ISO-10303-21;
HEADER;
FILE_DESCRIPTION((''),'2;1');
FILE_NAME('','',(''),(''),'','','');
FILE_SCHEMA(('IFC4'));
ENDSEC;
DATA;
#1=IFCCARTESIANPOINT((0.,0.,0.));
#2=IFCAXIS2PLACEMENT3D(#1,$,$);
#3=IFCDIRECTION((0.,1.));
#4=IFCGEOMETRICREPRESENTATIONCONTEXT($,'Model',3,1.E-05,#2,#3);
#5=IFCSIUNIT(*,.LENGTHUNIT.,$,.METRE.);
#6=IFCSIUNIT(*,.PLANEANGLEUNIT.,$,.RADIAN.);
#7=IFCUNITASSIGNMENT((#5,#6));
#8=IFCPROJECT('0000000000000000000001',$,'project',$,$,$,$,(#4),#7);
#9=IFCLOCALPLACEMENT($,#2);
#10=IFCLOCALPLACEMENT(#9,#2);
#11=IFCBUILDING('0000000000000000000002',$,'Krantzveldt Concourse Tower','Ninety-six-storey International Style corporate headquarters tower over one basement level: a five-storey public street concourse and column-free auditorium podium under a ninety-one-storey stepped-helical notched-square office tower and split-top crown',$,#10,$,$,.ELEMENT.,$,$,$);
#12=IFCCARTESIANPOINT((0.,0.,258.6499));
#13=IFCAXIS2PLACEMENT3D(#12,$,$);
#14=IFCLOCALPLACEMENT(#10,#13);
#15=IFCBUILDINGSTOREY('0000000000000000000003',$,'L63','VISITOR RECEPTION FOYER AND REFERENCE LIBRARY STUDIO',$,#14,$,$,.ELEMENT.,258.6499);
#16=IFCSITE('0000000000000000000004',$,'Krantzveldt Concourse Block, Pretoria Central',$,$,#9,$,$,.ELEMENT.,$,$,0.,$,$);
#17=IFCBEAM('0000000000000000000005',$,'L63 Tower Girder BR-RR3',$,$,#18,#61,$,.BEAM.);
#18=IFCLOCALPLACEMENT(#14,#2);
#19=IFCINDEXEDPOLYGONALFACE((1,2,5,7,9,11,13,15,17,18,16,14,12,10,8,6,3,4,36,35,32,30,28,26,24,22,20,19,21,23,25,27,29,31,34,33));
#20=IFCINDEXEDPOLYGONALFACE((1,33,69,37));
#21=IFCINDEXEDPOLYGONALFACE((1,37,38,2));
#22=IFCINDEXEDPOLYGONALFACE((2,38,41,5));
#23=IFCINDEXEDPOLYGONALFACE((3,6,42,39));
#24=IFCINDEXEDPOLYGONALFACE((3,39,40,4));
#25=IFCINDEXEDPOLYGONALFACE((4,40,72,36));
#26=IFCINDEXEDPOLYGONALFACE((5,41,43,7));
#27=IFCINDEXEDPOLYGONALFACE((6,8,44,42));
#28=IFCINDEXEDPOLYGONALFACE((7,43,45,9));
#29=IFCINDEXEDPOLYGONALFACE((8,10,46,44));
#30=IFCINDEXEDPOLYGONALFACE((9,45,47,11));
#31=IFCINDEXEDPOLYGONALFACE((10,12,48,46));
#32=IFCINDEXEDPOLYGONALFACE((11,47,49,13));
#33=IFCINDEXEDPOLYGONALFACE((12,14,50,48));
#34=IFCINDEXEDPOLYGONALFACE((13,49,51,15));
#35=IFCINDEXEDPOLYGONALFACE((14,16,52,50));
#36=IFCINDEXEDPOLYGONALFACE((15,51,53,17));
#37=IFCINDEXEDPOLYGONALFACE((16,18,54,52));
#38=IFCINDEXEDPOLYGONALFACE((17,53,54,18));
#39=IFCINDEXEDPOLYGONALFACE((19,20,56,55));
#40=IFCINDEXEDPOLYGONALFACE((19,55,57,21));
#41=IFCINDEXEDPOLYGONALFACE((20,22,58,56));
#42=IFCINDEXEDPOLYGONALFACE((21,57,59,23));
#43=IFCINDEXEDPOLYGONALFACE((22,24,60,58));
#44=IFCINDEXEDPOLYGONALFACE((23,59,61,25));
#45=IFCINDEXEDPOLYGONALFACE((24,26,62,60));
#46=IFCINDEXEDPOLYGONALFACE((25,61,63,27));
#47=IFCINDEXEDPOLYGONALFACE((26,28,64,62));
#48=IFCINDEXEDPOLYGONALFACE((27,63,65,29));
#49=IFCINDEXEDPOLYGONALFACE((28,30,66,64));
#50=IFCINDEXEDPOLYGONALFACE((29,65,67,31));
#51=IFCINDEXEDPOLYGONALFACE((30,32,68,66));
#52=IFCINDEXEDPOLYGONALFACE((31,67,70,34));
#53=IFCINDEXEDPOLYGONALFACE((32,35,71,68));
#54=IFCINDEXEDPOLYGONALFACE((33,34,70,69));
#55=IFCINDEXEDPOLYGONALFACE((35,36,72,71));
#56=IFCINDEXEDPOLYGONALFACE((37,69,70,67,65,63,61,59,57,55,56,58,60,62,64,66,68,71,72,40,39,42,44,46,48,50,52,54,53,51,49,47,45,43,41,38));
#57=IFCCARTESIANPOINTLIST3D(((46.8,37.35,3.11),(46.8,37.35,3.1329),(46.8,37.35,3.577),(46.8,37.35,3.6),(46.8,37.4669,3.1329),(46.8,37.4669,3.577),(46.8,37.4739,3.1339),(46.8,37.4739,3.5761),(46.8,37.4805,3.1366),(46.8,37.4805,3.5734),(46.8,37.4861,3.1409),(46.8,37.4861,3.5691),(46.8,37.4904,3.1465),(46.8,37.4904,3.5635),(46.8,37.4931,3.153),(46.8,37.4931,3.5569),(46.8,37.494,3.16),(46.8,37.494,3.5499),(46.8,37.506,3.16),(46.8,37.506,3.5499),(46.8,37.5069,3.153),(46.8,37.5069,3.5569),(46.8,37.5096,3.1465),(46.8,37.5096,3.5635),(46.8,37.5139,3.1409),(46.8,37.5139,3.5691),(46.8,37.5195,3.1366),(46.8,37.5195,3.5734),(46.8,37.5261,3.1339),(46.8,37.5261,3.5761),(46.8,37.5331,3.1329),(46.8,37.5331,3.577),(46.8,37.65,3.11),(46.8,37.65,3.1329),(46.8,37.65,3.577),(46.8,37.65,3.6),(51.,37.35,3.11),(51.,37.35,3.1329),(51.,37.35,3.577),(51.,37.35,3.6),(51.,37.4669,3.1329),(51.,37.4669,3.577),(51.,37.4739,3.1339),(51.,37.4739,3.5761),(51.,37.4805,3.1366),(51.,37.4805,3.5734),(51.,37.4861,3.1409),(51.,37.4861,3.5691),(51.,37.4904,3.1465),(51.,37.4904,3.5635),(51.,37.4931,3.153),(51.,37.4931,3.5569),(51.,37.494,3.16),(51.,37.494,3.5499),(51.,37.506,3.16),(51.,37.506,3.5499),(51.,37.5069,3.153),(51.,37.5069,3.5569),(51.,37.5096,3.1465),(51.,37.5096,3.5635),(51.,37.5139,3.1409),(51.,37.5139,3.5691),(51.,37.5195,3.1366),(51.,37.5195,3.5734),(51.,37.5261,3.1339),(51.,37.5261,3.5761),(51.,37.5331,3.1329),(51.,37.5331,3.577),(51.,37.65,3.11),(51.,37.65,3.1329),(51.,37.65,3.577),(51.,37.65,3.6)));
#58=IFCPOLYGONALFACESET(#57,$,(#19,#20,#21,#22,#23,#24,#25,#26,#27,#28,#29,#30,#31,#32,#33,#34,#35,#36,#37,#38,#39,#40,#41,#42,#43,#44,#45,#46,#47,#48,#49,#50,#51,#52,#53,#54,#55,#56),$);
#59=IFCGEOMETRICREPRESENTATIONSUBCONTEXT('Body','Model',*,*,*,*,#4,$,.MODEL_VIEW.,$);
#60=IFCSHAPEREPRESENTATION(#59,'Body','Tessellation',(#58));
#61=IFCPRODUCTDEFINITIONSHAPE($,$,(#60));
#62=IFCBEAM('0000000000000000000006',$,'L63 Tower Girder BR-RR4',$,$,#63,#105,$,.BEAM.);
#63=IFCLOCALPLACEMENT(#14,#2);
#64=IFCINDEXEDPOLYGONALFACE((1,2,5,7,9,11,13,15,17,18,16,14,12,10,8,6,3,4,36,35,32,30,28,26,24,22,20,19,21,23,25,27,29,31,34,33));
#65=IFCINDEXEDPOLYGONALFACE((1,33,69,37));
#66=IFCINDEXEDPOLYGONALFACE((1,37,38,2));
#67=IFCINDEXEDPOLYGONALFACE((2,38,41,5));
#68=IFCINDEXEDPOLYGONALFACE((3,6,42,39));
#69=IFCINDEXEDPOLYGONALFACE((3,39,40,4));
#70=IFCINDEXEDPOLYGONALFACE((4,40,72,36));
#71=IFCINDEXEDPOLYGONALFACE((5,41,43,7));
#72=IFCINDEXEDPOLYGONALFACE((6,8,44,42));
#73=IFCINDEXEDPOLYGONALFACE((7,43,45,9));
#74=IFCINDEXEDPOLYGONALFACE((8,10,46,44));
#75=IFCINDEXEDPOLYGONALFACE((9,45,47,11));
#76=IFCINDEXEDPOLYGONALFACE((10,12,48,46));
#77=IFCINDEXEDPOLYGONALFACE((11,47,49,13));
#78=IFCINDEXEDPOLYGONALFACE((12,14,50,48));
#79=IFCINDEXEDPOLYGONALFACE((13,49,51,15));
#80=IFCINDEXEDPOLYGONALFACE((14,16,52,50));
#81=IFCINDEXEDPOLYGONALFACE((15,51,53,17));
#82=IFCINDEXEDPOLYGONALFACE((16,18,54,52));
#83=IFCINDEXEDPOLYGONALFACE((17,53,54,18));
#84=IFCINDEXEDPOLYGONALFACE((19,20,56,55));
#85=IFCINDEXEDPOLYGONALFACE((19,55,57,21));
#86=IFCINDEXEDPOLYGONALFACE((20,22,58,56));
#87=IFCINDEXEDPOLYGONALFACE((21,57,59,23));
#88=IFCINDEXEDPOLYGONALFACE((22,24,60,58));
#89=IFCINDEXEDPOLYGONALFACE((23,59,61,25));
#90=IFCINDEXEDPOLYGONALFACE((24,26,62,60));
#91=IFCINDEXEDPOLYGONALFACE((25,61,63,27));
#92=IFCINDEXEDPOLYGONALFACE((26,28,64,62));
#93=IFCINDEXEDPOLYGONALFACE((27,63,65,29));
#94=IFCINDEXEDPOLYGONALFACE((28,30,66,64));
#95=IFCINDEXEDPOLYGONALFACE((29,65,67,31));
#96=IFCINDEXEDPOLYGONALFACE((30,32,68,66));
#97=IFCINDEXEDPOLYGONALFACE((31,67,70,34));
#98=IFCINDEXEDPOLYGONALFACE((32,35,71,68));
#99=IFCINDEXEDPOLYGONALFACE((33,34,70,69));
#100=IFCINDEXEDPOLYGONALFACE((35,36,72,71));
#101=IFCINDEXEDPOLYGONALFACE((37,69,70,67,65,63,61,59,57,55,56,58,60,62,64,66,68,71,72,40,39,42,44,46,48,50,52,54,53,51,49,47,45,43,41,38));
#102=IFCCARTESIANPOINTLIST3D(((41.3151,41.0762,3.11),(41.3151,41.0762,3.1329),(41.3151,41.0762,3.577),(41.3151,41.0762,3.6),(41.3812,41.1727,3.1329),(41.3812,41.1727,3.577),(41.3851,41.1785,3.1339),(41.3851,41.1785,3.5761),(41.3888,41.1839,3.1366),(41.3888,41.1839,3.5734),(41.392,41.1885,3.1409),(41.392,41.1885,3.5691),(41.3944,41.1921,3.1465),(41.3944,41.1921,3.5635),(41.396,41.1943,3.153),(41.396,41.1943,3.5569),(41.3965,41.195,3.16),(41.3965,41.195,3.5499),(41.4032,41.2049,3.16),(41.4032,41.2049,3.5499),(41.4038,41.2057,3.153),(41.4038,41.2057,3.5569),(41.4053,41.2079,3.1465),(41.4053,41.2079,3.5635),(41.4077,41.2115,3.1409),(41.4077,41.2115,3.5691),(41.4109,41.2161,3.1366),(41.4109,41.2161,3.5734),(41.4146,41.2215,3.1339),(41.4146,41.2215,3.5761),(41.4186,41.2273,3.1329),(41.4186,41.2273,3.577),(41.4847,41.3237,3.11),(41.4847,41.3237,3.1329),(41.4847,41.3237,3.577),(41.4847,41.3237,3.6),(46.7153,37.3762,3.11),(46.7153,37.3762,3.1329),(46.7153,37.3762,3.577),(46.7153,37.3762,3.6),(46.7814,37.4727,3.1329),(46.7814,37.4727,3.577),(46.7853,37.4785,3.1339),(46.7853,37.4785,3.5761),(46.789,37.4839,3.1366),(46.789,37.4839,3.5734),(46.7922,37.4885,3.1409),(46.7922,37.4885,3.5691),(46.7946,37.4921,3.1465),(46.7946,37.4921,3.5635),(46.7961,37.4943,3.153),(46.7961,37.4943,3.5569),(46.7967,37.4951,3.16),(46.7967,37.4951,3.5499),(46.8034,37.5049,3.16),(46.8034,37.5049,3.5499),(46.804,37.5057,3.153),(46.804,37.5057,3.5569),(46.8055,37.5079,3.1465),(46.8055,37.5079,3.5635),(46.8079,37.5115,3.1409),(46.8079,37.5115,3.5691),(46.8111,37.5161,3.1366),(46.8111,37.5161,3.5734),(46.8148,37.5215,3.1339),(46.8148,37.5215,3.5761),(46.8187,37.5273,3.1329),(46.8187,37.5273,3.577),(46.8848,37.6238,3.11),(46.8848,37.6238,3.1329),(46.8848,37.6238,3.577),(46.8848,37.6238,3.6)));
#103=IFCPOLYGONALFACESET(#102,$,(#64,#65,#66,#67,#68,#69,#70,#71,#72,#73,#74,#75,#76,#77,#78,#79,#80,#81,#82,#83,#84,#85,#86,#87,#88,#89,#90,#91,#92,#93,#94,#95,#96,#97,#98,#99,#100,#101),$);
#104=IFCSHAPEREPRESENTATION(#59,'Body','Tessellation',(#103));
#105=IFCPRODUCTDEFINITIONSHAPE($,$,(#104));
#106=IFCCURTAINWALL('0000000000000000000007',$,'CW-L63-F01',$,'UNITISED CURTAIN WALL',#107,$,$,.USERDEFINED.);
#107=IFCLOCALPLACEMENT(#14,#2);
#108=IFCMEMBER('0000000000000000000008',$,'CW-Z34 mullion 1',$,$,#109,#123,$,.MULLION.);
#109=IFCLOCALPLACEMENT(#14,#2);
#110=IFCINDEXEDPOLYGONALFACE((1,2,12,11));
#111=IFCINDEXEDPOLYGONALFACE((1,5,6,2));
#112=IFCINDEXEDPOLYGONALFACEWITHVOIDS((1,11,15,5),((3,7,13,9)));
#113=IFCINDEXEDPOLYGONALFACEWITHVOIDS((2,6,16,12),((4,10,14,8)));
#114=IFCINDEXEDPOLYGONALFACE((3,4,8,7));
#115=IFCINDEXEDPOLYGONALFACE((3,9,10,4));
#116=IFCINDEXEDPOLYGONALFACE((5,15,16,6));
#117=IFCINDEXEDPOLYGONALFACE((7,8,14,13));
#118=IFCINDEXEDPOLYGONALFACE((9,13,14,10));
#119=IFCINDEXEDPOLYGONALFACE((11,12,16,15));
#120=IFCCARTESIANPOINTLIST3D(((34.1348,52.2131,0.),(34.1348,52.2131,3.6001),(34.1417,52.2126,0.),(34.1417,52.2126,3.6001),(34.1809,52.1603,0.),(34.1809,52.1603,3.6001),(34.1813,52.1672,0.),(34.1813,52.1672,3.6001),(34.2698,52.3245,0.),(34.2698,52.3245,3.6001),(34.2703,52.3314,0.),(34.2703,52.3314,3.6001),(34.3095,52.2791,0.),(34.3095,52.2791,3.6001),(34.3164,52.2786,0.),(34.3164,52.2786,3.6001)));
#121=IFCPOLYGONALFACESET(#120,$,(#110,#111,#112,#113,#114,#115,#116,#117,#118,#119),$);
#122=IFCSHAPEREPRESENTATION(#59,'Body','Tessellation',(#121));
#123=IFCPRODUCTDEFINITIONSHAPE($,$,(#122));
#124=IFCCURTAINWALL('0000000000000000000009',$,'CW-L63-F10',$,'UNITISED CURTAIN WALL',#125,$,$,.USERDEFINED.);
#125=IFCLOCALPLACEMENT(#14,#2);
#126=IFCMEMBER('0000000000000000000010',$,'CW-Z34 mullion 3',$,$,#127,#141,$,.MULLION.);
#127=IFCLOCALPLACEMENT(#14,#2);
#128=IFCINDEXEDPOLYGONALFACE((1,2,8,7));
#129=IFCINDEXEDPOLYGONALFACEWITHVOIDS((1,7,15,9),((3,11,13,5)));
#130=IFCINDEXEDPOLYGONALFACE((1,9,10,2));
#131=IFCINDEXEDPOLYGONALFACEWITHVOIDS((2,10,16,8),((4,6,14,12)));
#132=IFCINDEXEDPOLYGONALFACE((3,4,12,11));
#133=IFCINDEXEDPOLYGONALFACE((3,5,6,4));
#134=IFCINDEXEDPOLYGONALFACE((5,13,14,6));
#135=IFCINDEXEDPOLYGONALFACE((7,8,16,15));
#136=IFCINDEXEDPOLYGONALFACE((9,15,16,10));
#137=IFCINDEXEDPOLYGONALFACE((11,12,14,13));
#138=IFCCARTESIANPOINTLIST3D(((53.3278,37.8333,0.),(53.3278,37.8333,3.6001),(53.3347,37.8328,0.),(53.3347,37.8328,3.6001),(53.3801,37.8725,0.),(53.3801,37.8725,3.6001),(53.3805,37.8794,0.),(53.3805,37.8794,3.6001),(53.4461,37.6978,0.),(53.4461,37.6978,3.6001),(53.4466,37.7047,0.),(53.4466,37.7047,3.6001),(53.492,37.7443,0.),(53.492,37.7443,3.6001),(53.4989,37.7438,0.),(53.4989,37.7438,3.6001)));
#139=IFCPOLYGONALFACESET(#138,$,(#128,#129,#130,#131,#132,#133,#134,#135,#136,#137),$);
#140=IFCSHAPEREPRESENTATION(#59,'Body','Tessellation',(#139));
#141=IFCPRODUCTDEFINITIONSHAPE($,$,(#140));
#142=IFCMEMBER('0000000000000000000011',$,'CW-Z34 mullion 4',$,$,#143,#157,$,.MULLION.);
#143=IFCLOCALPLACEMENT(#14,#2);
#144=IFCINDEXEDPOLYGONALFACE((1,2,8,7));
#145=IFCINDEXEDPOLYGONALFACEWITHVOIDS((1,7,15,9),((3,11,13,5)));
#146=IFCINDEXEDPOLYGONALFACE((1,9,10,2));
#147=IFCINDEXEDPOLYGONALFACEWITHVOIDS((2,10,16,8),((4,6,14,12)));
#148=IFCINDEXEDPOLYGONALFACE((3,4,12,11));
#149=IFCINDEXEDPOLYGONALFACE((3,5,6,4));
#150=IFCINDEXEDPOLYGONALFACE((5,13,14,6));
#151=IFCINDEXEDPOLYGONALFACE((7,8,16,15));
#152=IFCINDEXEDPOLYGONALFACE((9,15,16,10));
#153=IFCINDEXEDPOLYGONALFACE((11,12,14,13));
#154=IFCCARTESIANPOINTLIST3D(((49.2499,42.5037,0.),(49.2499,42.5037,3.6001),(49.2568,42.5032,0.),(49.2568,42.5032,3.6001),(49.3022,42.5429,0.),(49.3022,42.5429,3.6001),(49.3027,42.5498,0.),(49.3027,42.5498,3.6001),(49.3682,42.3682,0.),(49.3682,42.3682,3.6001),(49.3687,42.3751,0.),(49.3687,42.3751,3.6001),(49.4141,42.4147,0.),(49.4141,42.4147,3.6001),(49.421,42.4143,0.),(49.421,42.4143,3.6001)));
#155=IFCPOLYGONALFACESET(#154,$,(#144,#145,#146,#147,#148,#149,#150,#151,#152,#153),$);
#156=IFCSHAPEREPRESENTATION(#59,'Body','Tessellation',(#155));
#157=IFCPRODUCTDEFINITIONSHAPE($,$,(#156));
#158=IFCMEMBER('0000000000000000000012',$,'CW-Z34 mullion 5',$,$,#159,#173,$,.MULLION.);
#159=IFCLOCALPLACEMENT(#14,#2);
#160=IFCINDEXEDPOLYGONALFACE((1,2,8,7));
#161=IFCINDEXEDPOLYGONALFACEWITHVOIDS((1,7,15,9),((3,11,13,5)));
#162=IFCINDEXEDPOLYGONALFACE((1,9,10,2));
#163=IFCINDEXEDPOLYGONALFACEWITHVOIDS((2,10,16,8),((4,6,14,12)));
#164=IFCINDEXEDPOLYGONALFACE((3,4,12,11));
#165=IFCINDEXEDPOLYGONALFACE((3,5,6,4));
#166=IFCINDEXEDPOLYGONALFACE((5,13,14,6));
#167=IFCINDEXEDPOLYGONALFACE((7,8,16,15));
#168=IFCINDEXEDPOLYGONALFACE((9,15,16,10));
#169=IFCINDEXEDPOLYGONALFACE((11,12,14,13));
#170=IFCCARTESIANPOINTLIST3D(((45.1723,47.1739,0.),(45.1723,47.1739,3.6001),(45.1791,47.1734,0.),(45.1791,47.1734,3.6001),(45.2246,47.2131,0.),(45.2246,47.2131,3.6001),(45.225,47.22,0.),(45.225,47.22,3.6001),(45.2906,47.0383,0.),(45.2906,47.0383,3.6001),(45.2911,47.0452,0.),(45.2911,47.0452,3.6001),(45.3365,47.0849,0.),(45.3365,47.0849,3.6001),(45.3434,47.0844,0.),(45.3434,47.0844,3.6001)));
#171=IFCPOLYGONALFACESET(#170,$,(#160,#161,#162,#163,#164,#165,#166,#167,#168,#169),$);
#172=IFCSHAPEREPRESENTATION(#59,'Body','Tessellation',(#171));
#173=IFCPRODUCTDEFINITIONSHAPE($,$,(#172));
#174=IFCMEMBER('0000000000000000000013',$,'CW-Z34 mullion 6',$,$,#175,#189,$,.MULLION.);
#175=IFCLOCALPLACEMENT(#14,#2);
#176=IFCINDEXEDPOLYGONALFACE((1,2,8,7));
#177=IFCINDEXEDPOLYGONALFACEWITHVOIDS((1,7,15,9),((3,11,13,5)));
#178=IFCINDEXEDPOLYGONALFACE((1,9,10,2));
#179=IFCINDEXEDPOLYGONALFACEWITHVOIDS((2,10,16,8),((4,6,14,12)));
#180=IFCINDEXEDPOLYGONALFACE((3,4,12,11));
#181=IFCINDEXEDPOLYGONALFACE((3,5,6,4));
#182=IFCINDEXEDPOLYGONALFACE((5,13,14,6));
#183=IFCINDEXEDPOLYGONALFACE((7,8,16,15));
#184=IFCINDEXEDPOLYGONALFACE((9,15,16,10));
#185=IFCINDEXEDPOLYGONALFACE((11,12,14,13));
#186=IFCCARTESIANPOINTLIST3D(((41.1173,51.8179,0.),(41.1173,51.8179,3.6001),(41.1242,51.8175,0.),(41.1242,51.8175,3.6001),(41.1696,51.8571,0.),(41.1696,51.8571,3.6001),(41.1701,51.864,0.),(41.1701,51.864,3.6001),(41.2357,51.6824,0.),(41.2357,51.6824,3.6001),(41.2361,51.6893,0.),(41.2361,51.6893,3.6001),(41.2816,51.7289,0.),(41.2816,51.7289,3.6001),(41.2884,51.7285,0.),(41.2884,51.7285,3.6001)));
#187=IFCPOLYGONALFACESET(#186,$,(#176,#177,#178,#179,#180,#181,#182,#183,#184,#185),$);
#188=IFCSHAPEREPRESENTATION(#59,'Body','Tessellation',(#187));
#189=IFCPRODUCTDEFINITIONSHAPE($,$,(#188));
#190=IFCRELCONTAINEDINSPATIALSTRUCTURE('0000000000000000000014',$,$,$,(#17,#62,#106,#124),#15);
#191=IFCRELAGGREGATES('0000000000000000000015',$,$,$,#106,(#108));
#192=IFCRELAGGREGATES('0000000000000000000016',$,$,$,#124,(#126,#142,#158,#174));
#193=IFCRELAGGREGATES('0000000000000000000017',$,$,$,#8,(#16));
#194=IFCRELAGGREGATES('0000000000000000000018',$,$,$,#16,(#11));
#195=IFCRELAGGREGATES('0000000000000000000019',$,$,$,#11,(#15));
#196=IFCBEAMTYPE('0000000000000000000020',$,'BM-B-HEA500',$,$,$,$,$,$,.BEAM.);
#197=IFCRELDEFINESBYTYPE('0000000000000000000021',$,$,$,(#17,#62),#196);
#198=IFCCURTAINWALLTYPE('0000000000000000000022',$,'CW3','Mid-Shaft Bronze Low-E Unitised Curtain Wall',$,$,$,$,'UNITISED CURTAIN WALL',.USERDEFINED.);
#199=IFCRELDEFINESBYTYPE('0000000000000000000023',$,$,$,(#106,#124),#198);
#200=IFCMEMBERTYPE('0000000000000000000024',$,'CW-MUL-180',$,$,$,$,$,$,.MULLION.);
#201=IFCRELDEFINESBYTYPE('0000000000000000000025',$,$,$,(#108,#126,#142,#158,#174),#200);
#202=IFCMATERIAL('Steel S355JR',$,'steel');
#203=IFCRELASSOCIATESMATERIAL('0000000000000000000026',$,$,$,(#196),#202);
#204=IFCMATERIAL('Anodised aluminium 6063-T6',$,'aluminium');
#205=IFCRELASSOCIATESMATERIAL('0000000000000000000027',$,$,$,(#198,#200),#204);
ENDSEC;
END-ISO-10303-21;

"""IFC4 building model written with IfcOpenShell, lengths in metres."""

from ifc_helpers import new_model, si_unit, direction, frame, origin, origin_2d, place, context, subcontext, project, spatial, hollow_rectangle, i_section, extrude, source, transform, mapped, material, material_profile, profile_set, type_object, type_shapes, element, aggregate, save


model = new_model("IFC4")

# Units and contexts
model_context = context("Model", 3, precision=1e-05, world=origin(), true_north=direction((0.0, 1.0)))
body_context = subcontext(model_context, "Body", "Model", "MODEL_VIEW")
ifc_project = project(units=[si_unit("LENGTHUNIT", "METRE"), si_unit("PLANEANGLEUNIT", "RADIAN")], contexts=[model_context])

# Site, building, storey
site_placement = place(None, origin())
site = spatial("IfcSite", under=ifc_project, at=site_placement, Name="Krantzveldt Concourse Block, Pretoria Central", CompositionType="ELEMENT", RefElevation=0.0)
building_placement = place(site_placement, origin())
building = spatial("IfcBuilding", under=site, at=building_placement, Name="Krantzveldt Concourse Tower", Description="Ninety-six-storey International Style corporate headquarters tower over one basement level: a five-storey public street concourse and column-free auditorium podium under a ninety-one-storey stepped-helical notched-square office tower and split-top crown", CompositionType="ELEMENT")
storey_placement = place(building_placement, frame((0.0, 0.0, 258.6499)))
storey = spatial("IfcBuildingStorey", under=building, at=storey_placement, Name="L63", Description="VISITOR RECEPTION FOYER AND REFERENCE LIBRARY STUDIO", CompositionType="ELEMENT", Elevation=258.6499)

# Beams
ifc_material_1 = material(Name="Steel S355JR", Category="steel")
ifc_material_profile_1 = material_profile(ifc_material_1, i_section(OverallWidth=0.3, OverallDepth=0.49, WebThickness=0.012, FlangeThickness=0.0229, FilletRadius=0.0271, at=origin_2d()), Name="Steel S355JR", Category="steel")
ifc_profile_set_1 = profile_set([ifc_material_profile_1], Name="Steel S355JR - HEA 500")
beam_type_1 = type_object("IfcBeamType", Name="BM-B-HEA500", PredefinedType="BEAM", material=ifc_profile_set_1)
shared_shape_1 = source(origin(), body_context, "Body", "SweptSolid", [
    extrude(i_section(OverallWidth=0.3, OverallDepth=0.49, WebThickness=0.012, FlangeThickness=0.0229, FilletRadius=0.0271, at=origin_2d()), origin(), (0.0, 0.0, 1.0), 4.2),
])
beam_1_placement = place(storey_placement, frame((46.8, 37.5, 3.355), z_axis=(1.0, 0.0, 0.0), x_axis=(0.0, 1.0, 0.0)))
element("IfcBeam", 1, at=beam_1_placement, inside=storey, type_object=beam_type_1, Name="L63 Tower Girder BR-RR3", PredefinedType="BEAM", context=body_context, shape_type="MappedRepresentation", body=[
    mapped(shared_shape_1, transform((0.0, 0.0, 0.0), x_axis=(1.0, 0.0, 0.0), y_axis=(0.0, 1.0, 0.0), z_axis=(0.0, 0.0, 1.0), scale=1.0)),
])
shared_shape_2 = source(origin(), body_context, "Body", "SweptSolid", [
    extrude(i_section(OverallWidth=0.3, OverallDepth=0.49, WebThickness=0.012, FlangeThickness=0.0229, FilletRadius=0.0271, at=origin_2d()), origin(), (0.0, 0.0, 1.0), 6.5461),
])
type_shapes(beam_type_1, [shared_shape_1, shared_shape_2])
beam_2_placement = place(storey_placement, frame((46.8, 37.5, 3.355), z_axis=(-0.824943, 0.565216, 0.0), x_axis=(-0.565216, -0.824943, 0.0)))
element("IfcBeam", 2, at=beam_2_placement, inside=storey, type_object=beam_type_1, Name="L63 Tower Girder BR-RR4", PredefinedType="BEAM", context=body_context, shape_type="MappedRepresentation", body=[
    mapped(shared_shape_2, transform((0.0, 0.0, 0.0), x_axis=(1.0, 0.0, 0.0), y_axis=(0.0, 1.0, 0.0), z_axis=(0.0, 0.0, 1.0), scale=1.0)),
])

# Curtain wall, member
ifc_material_2 = material(Name="Anodised aluminium 6063-T6", Category="aluminium")
curtain_wall_type = type_object("IfcCurtainWallType", Name="CW3", Description="Mid-Shaft Bronze Low-E Unitised Curtain Wall", ElementType="UNITISED CURTAIN WALL", PredefinedType="USERDEFINED", material=ifc_material_2)
curtain_wall_1_placement = place(storey_placement, origin())
curtain_wall_1 = element("IfcCurtainWall", 3, at=curtain_wall_1_placement, inside=storey, type_object=curtain_wall_type, Name="CW-L63-F01", ObjectType="UNITISED CURTAIN WALL", PredefinedType="USERDEFINED")
ifc_material_profile_2 = material_profile(ifc_material_2, hollow_rectangle(XDim=0.0701, YDim=0.1799, WallThickness=0.0049, at=origin_2d()), Name="Anodised aluminium 6063-T6", Category="aluminium")
ifc_profile_set_2 = profile_set([ifc_material_profile_2], Name="Anodised aluminium 6063-T6 - ALU-MULL 180x70x5")
member_type_1 = type_object("IfcMemberType", Name="CW-MUL-180", PredefinedType="MULLION", material=ifc_profile_set_2)
shared_shape_3 = source(origin(), body_context, "Body", "SweptSolid", [
    extrude(hollow_rectangle(XDim=0.0701, YDim=0.1799, WallThickness=0.0049, at=origin_2d()), origin(), (0.0, 0.0, 1.0), 3.6001),
])
type_shapes(member_type_1, [shared_shape_3])
member_1_placement = place(storey_placement, frame((34.2256, 52.2458, 0.0), z_axis=(0.0, 0.0, 1.0), x_axis=(0.657704, -0.753277, 0.0)))
member_1 = element("IfcMember", 4, at=member_1_placement, type_object=member_type_1, Name="CW-Z34 mullion 1", PredefinedType="MULLION", context=body_context, shape_type="MappedRepresentation", body=[
    mapped(shared_shape_3, transform((0.0, 0.0, 0.0), x_axis=(1.0, 0.0, 0.0), y_axis=(0.0, 1.0, 0.0), z_axis=(0.0, 0.0, 1.0), scale=1.0)),
])

# Curtain wall, members
curtain_wall_2_placement = place(storey_placement, origin())
curtain_wall_2 = element("IfcCurtainWall", 5, at=curtain_wall_2_placement, inside=storey, type_object=curtain_wall_type, Name="CW-L63-F10", ObjectType="UNITISED CURTAIN WALL", PredefinedType="USERDEFINED")
member_2_placement = place(storey_placement, frame((53.4133, 37.7886, 0.0), z_axis=(0.0, 0.0, 1.0), x_axis=(-0.753277, -0.657704, 0.0)))
member_2 = element("IfcMember", 6, at=member_2_placement, type_object=member_type_1, Name="CW-Z34 mullion 3", PredefinedType="MULLION", context=body_context, shape_type="MappedRepresentation", body=[
    mapped(shared_shape_3, transform((0.0, 0.0, 0.0), x_axis=(1.0, 0.0, 0.0), y_axis=(0.0, 1.0, 0.0), z_axis=(0.0, 0.0, 1.0), scale=1.0)),
])
member_3_placement = place(storey_placement, frame((49.3354, 42.459, 0.0), z_axis=(0.0, 0.0, 1.0), x_axis=(-0.753277, -0.657704, 0.0)))
member_3 = element("IfcMember", 7, at=member_3_placement, type_object=member_type_1, Name="CW-Z34 mullion 4", PredefinedType="MULLION", context=body_context, shape_type="MappedRepresentation", body=[
    mapped(shared_shape_3, transform((0.0, 0.0, 0.0), x_axis=(1.0, 0.0, 0.0), y_axis=(0.0, 1.0, 0.0), z_axis=(0.0, 0.0, 1.0), scale=1.0)),
])
member_4_placement = place(storey_placement, frame((45.2578, 47.1292, 0.0), z_axis=(0.0, 0.0, 1.0), x_axis=(-0.753277, -0.657704, 0.0)))
member_4 = element("IfcMember", 8, at=member_4_placement, type_object=member_type_1, Name="CW-Z34 mullion 5", PredefinedType="MULLION", context=body_context, shape_type="MappedRepresentation", body=[
    mapped(shared_shape_3, transform((0.0, 0.0, 0.0), x_axis=(1.0, 0.0, 0.0), y_axis=(0.0, 1.0, 0.0), z_axis=(0.0, 0.0, 1.0), scale=1.0)),
])
member_5_placement = place(storey_placement, frame((41.2029, 51.7732, 0.0), z_axis=(0.0, 0.0, 1.0), x_axis=(-0.753277, -0.657704, 0.0)))
member_5 = element("IfcMember", 9, at=member_5_placement, type_object=member_type_1, Name="CW-Z34 mullion 6", PredefinedType="MULLION", context=body_context, shape_type="MappedRepresentation", body=[
    mapped(shared_shape_3, transform((0.0, 0.0, 0.0), x_axis=(1.0, 0.0, 0.0), y_axis=(0.0, 1.0, 0.0), z_axis=(0.0, 0.0, 1.0), scale=1.0)),
])

aggregate(curtain_wall_1, [member_1])

aggregate(curtain_wall_2, [member_2, member_3, member_4, member_5])

save(model, "model.ifc")
